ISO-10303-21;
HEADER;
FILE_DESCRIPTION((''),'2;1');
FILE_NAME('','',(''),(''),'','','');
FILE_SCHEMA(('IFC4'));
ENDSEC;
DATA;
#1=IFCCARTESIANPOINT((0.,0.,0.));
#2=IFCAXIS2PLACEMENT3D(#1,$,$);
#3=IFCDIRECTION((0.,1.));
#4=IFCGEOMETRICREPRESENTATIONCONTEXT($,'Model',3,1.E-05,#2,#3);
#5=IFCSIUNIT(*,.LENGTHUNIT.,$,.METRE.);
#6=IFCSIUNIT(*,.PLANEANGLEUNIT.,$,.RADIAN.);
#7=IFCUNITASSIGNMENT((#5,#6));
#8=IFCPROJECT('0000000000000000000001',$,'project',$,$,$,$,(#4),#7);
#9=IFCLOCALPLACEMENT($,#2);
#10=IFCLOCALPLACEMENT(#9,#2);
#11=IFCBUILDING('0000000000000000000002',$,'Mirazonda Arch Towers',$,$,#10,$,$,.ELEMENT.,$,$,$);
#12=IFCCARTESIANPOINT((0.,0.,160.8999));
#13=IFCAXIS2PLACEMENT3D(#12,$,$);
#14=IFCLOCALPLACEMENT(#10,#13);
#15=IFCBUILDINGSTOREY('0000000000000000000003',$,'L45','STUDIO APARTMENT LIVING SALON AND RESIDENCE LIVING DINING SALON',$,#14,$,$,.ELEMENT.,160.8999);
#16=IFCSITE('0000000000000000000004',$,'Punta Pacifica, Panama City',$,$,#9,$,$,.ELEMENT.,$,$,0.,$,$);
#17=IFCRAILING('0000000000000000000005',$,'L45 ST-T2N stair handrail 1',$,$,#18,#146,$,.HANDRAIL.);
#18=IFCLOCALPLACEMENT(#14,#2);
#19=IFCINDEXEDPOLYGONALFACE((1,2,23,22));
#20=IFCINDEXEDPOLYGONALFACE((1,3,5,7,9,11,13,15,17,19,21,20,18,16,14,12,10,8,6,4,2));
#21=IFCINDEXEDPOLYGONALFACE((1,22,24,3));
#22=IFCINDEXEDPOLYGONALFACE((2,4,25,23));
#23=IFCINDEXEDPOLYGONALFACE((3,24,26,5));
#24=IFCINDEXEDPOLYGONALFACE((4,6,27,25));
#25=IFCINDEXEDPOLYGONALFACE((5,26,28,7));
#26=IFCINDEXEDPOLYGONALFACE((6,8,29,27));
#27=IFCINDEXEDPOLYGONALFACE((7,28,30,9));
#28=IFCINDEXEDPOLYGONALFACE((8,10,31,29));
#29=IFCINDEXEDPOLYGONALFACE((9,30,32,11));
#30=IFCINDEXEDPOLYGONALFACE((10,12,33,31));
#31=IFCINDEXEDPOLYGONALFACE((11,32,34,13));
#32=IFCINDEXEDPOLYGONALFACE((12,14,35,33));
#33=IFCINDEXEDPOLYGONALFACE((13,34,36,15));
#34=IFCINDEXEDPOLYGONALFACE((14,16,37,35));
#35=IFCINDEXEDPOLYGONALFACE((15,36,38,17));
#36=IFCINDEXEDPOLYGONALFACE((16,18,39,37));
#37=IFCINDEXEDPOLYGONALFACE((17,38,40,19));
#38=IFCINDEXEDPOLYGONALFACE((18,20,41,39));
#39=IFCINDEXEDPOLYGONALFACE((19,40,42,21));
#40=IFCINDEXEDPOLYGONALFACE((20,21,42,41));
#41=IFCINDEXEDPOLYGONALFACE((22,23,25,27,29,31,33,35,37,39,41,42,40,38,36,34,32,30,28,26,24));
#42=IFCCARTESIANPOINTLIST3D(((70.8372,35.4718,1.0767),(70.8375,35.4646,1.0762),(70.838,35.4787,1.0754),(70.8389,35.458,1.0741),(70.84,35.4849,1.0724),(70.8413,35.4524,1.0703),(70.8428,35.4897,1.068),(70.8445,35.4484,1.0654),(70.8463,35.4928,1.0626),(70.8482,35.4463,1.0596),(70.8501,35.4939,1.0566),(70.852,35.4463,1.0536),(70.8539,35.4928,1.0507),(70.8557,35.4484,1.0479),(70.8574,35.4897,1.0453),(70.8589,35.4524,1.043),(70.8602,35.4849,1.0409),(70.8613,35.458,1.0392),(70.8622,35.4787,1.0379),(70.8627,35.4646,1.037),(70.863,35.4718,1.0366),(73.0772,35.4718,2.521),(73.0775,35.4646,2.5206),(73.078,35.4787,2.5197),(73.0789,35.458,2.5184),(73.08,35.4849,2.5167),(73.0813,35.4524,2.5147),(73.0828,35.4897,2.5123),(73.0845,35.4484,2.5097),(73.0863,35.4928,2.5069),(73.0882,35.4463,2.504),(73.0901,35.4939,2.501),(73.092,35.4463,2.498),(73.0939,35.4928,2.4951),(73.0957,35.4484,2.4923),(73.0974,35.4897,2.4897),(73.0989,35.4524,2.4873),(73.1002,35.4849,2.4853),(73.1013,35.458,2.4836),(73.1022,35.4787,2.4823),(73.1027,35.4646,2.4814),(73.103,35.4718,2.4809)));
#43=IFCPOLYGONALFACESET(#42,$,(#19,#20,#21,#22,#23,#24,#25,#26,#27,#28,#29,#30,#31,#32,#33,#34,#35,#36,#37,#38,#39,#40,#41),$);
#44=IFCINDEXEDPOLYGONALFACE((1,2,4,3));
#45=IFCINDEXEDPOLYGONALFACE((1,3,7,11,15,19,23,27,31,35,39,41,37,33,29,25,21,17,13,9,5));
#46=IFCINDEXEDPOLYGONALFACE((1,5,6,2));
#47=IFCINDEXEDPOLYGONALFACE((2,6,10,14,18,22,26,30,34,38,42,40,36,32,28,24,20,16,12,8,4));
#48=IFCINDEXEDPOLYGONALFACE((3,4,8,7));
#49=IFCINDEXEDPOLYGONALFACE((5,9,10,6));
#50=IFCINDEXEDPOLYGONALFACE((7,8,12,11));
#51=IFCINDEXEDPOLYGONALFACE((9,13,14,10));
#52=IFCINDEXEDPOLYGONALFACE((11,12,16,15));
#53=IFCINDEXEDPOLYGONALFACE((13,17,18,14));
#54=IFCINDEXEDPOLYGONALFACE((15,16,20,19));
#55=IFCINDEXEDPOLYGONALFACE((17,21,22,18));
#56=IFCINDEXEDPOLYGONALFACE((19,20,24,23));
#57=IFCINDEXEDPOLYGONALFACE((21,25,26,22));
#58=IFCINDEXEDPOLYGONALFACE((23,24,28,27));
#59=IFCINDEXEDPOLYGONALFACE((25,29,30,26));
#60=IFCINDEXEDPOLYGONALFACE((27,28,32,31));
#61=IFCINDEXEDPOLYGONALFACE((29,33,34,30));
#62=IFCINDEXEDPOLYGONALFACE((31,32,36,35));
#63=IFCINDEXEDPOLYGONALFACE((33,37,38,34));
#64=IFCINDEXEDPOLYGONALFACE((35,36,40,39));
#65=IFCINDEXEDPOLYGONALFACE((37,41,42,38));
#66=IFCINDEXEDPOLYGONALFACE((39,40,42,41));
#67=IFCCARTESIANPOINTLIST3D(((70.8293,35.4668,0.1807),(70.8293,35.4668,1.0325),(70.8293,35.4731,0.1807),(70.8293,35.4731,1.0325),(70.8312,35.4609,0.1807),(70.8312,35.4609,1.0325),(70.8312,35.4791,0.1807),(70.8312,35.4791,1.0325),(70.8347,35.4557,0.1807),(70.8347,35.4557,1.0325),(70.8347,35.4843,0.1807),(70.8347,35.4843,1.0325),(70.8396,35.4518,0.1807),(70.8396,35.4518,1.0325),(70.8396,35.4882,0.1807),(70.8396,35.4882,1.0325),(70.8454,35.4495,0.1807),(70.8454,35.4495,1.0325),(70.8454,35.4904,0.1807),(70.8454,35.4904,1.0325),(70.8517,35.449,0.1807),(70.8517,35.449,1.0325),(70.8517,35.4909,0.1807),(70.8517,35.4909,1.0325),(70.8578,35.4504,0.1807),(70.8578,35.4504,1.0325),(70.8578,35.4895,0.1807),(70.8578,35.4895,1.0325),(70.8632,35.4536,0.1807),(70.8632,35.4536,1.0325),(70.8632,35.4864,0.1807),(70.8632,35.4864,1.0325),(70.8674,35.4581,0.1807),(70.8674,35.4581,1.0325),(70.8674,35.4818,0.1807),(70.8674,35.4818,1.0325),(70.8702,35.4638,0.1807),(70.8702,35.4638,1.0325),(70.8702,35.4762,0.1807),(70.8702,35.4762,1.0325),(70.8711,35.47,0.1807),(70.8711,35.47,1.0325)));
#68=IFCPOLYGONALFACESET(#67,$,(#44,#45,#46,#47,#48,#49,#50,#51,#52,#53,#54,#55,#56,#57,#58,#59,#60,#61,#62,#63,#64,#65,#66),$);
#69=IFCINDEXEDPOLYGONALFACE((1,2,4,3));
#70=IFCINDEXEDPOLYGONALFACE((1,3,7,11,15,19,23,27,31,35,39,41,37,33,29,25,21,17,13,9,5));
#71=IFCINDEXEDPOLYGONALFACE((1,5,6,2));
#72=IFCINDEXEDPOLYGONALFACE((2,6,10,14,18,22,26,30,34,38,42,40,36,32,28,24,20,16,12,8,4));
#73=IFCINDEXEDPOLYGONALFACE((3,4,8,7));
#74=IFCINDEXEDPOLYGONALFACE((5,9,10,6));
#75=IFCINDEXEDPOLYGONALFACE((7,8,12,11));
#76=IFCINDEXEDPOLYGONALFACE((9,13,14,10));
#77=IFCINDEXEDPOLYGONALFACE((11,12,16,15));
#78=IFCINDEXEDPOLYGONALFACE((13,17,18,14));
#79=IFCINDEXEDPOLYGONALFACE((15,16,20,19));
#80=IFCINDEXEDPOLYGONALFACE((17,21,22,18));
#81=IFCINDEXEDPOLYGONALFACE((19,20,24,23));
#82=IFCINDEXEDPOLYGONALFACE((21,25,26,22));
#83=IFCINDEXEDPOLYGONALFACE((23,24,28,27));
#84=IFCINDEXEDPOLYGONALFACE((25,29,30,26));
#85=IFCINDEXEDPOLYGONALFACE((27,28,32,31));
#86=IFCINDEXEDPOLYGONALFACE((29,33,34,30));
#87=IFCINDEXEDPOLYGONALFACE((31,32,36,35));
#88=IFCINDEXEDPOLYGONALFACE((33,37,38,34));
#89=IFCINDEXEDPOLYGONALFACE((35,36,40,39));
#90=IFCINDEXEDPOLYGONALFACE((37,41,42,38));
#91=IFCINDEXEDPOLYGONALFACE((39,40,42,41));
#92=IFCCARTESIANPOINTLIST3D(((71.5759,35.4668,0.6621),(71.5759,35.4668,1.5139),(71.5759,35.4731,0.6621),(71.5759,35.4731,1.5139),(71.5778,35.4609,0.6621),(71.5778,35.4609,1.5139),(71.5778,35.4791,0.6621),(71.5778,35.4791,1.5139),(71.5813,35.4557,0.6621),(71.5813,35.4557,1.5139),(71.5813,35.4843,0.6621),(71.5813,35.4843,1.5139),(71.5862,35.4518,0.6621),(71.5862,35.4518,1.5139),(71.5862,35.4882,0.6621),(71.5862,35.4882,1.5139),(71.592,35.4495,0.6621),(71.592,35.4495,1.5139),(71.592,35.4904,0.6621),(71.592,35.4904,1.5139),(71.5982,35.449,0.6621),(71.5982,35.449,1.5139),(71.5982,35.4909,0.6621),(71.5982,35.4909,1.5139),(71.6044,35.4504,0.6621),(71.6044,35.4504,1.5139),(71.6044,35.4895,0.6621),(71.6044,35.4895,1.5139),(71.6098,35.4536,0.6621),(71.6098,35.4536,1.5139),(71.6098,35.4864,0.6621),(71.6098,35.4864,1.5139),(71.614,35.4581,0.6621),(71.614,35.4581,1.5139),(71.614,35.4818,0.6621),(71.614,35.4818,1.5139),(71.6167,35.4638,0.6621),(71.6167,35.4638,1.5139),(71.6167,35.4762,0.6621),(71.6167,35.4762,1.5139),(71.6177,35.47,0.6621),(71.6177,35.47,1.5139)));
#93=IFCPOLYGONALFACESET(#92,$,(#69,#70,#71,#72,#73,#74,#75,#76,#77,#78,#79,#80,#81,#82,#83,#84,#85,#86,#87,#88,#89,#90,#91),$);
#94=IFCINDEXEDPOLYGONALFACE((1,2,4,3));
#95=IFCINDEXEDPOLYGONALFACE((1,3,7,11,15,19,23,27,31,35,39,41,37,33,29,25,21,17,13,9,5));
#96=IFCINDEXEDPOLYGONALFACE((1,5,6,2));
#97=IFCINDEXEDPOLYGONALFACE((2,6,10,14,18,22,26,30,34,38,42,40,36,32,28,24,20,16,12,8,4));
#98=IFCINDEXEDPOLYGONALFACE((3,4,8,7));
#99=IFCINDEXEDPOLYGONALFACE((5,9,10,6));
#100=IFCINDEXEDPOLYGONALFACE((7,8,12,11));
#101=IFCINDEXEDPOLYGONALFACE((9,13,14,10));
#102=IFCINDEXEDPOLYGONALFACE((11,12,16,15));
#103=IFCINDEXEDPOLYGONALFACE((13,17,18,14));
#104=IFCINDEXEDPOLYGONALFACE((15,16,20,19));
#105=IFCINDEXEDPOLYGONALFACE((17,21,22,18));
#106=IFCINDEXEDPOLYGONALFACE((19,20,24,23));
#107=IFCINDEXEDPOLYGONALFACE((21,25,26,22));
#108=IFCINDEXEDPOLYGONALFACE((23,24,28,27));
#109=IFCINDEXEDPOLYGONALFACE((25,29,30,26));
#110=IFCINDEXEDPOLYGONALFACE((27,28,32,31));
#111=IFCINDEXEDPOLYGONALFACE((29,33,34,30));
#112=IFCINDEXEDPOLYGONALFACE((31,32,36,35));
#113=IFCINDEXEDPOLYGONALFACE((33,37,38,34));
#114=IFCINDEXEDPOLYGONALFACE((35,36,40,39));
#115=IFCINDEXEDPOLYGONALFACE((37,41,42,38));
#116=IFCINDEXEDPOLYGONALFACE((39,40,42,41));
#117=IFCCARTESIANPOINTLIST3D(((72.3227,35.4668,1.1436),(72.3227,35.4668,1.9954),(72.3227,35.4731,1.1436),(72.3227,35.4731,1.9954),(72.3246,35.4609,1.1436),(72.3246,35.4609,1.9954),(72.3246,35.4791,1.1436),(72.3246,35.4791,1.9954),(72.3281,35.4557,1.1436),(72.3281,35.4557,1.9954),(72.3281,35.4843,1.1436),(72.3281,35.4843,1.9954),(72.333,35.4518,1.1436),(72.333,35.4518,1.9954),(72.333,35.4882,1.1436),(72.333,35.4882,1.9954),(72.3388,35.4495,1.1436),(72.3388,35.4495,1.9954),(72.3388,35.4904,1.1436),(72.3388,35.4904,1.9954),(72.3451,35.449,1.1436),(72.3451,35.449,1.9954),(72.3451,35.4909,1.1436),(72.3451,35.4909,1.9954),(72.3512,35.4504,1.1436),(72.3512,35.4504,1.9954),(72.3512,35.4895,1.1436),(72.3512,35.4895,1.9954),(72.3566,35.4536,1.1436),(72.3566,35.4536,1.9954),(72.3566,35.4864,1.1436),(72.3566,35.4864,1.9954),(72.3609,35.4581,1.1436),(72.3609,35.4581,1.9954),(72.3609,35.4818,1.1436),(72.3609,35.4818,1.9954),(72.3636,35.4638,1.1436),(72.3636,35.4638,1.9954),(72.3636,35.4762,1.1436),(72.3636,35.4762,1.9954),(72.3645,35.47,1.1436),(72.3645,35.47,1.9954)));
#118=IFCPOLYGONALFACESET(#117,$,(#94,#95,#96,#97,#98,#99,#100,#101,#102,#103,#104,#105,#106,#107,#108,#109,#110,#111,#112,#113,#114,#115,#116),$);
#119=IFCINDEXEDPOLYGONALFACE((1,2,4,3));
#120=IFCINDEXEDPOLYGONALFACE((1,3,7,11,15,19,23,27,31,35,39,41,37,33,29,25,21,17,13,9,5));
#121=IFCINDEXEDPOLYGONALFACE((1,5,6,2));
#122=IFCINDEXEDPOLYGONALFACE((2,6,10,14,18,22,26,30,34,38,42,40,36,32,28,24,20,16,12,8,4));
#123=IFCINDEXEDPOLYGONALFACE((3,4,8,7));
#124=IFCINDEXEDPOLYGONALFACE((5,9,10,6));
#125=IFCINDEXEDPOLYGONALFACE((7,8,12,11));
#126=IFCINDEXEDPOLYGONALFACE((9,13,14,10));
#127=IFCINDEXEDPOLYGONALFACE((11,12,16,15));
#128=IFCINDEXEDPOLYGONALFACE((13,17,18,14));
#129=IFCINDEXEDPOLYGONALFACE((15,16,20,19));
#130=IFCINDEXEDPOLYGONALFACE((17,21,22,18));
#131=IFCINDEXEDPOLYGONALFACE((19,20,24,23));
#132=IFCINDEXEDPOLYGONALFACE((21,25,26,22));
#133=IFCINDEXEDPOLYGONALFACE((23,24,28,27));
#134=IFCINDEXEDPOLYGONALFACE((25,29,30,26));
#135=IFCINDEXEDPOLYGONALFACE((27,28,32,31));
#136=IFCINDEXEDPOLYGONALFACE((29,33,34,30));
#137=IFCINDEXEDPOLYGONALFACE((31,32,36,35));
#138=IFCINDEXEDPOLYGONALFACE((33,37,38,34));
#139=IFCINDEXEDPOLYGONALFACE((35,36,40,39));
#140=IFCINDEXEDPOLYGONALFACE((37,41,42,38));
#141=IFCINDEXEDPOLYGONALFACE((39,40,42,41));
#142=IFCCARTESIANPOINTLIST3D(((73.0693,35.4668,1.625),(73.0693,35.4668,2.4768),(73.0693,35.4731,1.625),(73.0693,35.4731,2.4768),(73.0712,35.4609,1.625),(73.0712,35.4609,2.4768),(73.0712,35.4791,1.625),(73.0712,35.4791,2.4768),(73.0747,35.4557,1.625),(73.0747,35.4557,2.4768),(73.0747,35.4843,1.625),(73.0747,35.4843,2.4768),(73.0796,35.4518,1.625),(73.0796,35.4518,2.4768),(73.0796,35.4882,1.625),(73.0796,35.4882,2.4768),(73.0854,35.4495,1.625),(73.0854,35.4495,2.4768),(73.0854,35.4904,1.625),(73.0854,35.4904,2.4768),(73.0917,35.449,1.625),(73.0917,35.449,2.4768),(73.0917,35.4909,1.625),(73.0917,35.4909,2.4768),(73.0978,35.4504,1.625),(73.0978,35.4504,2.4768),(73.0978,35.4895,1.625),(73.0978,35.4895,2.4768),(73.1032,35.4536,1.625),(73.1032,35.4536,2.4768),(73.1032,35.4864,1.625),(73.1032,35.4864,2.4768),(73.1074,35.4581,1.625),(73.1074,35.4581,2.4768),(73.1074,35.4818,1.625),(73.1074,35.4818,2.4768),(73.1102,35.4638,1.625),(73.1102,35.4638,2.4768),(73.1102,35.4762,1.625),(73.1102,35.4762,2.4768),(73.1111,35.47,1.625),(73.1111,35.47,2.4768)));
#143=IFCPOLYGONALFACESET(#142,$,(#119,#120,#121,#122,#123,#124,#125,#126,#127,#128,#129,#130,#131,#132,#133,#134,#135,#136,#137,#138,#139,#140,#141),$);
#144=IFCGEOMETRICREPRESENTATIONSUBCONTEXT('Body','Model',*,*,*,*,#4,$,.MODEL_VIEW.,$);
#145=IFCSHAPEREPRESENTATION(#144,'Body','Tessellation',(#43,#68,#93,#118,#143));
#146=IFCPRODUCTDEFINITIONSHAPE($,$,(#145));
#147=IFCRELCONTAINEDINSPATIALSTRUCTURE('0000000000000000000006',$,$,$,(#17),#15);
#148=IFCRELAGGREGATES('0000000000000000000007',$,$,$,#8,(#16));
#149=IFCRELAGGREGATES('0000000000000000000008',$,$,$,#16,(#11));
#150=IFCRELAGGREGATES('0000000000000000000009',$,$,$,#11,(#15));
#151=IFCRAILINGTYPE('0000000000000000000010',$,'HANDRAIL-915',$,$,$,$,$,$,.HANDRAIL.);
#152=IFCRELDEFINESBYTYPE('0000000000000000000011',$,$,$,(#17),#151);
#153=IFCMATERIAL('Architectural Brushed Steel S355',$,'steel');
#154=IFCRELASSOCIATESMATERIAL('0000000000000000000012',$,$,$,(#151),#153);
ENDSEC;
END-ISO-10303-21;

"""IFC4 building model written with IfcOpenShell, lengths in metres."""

from ifc_helpers import new_model, si_unit, direction, frame, origin, origin_2d, place, context, subcontext, project, spatial, circle, extrude, material, type_object, element, save


model = new_model("IFC4")

# Units and contexts
model_context = context("Model", 3, precision=1e-05, world=origin(), true_north=direction((0.0, 1.0)))
body_context = subcontext(model_context, "Body", "Model", "MODEL_VIEW")
ifc_project = project(units=[si_unit("LENGTHUNIT", "METRE"), si_unit("PLANEANGLEUNIT", "RADIAN")], contexts=[model_context])

# Site, building, storey
site_placement = place(None, origin())
site = spatial("IfcSite", under=ifc_project, at=site_placement, Name="Punta Pacifica, Panama City", CompositionType="ELEMENT", RefElevation=0.0)
building_placement = place(site_placement, origin())
building = spatial("IfcBuilding", under=site, at=building_placement, Name="Mirazonda Arch Towers", CompositionType="ELEMENT")
storey_placement = place(building_placement, frame((0.0, 0.0, 160.8999)))
storey = spatial("IfcBuildingStorey", under=building, at=storey_placement, Name="L45", Description="STUDIO APARTMENT LIVING SALON AND RESIDENCE LIVING DINING SALON", CompositionType="ELEMENT", Elevation=160.8999)

# Shared definitions
ifc_material_1 = material(Name="Architectural Brushed Steel S355", Category="steel")

# Railing
railing_type_1 = type_object("IfcRailingType", Name="HANDRAIL-915", PredefinedType="HANDRAIL", material=ifc_material_1)
railing_1_placement = place(storey_placement, frame((70.8501, 35.47, 0.1807)))
element("IfcRailing", 1, at=railing_1_placement, inside=storey, type_object=railing_type_1, Name="L45 ST-T2N stair handrail 1", PredefinedType="HANDRAIL", context=body_context, shape_type="SweptSolid", body=[
    extrude(circle(Radius=0.0239, at=origin_2d()), frame((0.0, 0.0, 0.876), z_axis=(0.840437, 0.0, 0.54191), x_axis=(0.0, 1.0, 0.0)), (0.0, 0.0, 1.0), 2.6653),
    extrude(circle(Radius=0.021, at=origin_2d()), origin(), (0.0, 0.0, 1.0), 0.8518),
    extrude(circle(Radius=0.021, at=origin_2d()), frame((0.7466, 0.0, 0.4814)), (0.0, 0.0, 1.0), 0.8518),
    extrude(circle(Radius=0.021, at=origin_2d()), frame((1.4934, 0.0, 0.9629)), (0.0, 0.0, 1.0), 0.8518),
    extrude(circle(Radius=0.021, at=origin_2d()), frame((2.24, 0.0, 1.4443)), (0.0, 0.0, 1.0), 0.8518),
])

save(model, "model.ifc")
